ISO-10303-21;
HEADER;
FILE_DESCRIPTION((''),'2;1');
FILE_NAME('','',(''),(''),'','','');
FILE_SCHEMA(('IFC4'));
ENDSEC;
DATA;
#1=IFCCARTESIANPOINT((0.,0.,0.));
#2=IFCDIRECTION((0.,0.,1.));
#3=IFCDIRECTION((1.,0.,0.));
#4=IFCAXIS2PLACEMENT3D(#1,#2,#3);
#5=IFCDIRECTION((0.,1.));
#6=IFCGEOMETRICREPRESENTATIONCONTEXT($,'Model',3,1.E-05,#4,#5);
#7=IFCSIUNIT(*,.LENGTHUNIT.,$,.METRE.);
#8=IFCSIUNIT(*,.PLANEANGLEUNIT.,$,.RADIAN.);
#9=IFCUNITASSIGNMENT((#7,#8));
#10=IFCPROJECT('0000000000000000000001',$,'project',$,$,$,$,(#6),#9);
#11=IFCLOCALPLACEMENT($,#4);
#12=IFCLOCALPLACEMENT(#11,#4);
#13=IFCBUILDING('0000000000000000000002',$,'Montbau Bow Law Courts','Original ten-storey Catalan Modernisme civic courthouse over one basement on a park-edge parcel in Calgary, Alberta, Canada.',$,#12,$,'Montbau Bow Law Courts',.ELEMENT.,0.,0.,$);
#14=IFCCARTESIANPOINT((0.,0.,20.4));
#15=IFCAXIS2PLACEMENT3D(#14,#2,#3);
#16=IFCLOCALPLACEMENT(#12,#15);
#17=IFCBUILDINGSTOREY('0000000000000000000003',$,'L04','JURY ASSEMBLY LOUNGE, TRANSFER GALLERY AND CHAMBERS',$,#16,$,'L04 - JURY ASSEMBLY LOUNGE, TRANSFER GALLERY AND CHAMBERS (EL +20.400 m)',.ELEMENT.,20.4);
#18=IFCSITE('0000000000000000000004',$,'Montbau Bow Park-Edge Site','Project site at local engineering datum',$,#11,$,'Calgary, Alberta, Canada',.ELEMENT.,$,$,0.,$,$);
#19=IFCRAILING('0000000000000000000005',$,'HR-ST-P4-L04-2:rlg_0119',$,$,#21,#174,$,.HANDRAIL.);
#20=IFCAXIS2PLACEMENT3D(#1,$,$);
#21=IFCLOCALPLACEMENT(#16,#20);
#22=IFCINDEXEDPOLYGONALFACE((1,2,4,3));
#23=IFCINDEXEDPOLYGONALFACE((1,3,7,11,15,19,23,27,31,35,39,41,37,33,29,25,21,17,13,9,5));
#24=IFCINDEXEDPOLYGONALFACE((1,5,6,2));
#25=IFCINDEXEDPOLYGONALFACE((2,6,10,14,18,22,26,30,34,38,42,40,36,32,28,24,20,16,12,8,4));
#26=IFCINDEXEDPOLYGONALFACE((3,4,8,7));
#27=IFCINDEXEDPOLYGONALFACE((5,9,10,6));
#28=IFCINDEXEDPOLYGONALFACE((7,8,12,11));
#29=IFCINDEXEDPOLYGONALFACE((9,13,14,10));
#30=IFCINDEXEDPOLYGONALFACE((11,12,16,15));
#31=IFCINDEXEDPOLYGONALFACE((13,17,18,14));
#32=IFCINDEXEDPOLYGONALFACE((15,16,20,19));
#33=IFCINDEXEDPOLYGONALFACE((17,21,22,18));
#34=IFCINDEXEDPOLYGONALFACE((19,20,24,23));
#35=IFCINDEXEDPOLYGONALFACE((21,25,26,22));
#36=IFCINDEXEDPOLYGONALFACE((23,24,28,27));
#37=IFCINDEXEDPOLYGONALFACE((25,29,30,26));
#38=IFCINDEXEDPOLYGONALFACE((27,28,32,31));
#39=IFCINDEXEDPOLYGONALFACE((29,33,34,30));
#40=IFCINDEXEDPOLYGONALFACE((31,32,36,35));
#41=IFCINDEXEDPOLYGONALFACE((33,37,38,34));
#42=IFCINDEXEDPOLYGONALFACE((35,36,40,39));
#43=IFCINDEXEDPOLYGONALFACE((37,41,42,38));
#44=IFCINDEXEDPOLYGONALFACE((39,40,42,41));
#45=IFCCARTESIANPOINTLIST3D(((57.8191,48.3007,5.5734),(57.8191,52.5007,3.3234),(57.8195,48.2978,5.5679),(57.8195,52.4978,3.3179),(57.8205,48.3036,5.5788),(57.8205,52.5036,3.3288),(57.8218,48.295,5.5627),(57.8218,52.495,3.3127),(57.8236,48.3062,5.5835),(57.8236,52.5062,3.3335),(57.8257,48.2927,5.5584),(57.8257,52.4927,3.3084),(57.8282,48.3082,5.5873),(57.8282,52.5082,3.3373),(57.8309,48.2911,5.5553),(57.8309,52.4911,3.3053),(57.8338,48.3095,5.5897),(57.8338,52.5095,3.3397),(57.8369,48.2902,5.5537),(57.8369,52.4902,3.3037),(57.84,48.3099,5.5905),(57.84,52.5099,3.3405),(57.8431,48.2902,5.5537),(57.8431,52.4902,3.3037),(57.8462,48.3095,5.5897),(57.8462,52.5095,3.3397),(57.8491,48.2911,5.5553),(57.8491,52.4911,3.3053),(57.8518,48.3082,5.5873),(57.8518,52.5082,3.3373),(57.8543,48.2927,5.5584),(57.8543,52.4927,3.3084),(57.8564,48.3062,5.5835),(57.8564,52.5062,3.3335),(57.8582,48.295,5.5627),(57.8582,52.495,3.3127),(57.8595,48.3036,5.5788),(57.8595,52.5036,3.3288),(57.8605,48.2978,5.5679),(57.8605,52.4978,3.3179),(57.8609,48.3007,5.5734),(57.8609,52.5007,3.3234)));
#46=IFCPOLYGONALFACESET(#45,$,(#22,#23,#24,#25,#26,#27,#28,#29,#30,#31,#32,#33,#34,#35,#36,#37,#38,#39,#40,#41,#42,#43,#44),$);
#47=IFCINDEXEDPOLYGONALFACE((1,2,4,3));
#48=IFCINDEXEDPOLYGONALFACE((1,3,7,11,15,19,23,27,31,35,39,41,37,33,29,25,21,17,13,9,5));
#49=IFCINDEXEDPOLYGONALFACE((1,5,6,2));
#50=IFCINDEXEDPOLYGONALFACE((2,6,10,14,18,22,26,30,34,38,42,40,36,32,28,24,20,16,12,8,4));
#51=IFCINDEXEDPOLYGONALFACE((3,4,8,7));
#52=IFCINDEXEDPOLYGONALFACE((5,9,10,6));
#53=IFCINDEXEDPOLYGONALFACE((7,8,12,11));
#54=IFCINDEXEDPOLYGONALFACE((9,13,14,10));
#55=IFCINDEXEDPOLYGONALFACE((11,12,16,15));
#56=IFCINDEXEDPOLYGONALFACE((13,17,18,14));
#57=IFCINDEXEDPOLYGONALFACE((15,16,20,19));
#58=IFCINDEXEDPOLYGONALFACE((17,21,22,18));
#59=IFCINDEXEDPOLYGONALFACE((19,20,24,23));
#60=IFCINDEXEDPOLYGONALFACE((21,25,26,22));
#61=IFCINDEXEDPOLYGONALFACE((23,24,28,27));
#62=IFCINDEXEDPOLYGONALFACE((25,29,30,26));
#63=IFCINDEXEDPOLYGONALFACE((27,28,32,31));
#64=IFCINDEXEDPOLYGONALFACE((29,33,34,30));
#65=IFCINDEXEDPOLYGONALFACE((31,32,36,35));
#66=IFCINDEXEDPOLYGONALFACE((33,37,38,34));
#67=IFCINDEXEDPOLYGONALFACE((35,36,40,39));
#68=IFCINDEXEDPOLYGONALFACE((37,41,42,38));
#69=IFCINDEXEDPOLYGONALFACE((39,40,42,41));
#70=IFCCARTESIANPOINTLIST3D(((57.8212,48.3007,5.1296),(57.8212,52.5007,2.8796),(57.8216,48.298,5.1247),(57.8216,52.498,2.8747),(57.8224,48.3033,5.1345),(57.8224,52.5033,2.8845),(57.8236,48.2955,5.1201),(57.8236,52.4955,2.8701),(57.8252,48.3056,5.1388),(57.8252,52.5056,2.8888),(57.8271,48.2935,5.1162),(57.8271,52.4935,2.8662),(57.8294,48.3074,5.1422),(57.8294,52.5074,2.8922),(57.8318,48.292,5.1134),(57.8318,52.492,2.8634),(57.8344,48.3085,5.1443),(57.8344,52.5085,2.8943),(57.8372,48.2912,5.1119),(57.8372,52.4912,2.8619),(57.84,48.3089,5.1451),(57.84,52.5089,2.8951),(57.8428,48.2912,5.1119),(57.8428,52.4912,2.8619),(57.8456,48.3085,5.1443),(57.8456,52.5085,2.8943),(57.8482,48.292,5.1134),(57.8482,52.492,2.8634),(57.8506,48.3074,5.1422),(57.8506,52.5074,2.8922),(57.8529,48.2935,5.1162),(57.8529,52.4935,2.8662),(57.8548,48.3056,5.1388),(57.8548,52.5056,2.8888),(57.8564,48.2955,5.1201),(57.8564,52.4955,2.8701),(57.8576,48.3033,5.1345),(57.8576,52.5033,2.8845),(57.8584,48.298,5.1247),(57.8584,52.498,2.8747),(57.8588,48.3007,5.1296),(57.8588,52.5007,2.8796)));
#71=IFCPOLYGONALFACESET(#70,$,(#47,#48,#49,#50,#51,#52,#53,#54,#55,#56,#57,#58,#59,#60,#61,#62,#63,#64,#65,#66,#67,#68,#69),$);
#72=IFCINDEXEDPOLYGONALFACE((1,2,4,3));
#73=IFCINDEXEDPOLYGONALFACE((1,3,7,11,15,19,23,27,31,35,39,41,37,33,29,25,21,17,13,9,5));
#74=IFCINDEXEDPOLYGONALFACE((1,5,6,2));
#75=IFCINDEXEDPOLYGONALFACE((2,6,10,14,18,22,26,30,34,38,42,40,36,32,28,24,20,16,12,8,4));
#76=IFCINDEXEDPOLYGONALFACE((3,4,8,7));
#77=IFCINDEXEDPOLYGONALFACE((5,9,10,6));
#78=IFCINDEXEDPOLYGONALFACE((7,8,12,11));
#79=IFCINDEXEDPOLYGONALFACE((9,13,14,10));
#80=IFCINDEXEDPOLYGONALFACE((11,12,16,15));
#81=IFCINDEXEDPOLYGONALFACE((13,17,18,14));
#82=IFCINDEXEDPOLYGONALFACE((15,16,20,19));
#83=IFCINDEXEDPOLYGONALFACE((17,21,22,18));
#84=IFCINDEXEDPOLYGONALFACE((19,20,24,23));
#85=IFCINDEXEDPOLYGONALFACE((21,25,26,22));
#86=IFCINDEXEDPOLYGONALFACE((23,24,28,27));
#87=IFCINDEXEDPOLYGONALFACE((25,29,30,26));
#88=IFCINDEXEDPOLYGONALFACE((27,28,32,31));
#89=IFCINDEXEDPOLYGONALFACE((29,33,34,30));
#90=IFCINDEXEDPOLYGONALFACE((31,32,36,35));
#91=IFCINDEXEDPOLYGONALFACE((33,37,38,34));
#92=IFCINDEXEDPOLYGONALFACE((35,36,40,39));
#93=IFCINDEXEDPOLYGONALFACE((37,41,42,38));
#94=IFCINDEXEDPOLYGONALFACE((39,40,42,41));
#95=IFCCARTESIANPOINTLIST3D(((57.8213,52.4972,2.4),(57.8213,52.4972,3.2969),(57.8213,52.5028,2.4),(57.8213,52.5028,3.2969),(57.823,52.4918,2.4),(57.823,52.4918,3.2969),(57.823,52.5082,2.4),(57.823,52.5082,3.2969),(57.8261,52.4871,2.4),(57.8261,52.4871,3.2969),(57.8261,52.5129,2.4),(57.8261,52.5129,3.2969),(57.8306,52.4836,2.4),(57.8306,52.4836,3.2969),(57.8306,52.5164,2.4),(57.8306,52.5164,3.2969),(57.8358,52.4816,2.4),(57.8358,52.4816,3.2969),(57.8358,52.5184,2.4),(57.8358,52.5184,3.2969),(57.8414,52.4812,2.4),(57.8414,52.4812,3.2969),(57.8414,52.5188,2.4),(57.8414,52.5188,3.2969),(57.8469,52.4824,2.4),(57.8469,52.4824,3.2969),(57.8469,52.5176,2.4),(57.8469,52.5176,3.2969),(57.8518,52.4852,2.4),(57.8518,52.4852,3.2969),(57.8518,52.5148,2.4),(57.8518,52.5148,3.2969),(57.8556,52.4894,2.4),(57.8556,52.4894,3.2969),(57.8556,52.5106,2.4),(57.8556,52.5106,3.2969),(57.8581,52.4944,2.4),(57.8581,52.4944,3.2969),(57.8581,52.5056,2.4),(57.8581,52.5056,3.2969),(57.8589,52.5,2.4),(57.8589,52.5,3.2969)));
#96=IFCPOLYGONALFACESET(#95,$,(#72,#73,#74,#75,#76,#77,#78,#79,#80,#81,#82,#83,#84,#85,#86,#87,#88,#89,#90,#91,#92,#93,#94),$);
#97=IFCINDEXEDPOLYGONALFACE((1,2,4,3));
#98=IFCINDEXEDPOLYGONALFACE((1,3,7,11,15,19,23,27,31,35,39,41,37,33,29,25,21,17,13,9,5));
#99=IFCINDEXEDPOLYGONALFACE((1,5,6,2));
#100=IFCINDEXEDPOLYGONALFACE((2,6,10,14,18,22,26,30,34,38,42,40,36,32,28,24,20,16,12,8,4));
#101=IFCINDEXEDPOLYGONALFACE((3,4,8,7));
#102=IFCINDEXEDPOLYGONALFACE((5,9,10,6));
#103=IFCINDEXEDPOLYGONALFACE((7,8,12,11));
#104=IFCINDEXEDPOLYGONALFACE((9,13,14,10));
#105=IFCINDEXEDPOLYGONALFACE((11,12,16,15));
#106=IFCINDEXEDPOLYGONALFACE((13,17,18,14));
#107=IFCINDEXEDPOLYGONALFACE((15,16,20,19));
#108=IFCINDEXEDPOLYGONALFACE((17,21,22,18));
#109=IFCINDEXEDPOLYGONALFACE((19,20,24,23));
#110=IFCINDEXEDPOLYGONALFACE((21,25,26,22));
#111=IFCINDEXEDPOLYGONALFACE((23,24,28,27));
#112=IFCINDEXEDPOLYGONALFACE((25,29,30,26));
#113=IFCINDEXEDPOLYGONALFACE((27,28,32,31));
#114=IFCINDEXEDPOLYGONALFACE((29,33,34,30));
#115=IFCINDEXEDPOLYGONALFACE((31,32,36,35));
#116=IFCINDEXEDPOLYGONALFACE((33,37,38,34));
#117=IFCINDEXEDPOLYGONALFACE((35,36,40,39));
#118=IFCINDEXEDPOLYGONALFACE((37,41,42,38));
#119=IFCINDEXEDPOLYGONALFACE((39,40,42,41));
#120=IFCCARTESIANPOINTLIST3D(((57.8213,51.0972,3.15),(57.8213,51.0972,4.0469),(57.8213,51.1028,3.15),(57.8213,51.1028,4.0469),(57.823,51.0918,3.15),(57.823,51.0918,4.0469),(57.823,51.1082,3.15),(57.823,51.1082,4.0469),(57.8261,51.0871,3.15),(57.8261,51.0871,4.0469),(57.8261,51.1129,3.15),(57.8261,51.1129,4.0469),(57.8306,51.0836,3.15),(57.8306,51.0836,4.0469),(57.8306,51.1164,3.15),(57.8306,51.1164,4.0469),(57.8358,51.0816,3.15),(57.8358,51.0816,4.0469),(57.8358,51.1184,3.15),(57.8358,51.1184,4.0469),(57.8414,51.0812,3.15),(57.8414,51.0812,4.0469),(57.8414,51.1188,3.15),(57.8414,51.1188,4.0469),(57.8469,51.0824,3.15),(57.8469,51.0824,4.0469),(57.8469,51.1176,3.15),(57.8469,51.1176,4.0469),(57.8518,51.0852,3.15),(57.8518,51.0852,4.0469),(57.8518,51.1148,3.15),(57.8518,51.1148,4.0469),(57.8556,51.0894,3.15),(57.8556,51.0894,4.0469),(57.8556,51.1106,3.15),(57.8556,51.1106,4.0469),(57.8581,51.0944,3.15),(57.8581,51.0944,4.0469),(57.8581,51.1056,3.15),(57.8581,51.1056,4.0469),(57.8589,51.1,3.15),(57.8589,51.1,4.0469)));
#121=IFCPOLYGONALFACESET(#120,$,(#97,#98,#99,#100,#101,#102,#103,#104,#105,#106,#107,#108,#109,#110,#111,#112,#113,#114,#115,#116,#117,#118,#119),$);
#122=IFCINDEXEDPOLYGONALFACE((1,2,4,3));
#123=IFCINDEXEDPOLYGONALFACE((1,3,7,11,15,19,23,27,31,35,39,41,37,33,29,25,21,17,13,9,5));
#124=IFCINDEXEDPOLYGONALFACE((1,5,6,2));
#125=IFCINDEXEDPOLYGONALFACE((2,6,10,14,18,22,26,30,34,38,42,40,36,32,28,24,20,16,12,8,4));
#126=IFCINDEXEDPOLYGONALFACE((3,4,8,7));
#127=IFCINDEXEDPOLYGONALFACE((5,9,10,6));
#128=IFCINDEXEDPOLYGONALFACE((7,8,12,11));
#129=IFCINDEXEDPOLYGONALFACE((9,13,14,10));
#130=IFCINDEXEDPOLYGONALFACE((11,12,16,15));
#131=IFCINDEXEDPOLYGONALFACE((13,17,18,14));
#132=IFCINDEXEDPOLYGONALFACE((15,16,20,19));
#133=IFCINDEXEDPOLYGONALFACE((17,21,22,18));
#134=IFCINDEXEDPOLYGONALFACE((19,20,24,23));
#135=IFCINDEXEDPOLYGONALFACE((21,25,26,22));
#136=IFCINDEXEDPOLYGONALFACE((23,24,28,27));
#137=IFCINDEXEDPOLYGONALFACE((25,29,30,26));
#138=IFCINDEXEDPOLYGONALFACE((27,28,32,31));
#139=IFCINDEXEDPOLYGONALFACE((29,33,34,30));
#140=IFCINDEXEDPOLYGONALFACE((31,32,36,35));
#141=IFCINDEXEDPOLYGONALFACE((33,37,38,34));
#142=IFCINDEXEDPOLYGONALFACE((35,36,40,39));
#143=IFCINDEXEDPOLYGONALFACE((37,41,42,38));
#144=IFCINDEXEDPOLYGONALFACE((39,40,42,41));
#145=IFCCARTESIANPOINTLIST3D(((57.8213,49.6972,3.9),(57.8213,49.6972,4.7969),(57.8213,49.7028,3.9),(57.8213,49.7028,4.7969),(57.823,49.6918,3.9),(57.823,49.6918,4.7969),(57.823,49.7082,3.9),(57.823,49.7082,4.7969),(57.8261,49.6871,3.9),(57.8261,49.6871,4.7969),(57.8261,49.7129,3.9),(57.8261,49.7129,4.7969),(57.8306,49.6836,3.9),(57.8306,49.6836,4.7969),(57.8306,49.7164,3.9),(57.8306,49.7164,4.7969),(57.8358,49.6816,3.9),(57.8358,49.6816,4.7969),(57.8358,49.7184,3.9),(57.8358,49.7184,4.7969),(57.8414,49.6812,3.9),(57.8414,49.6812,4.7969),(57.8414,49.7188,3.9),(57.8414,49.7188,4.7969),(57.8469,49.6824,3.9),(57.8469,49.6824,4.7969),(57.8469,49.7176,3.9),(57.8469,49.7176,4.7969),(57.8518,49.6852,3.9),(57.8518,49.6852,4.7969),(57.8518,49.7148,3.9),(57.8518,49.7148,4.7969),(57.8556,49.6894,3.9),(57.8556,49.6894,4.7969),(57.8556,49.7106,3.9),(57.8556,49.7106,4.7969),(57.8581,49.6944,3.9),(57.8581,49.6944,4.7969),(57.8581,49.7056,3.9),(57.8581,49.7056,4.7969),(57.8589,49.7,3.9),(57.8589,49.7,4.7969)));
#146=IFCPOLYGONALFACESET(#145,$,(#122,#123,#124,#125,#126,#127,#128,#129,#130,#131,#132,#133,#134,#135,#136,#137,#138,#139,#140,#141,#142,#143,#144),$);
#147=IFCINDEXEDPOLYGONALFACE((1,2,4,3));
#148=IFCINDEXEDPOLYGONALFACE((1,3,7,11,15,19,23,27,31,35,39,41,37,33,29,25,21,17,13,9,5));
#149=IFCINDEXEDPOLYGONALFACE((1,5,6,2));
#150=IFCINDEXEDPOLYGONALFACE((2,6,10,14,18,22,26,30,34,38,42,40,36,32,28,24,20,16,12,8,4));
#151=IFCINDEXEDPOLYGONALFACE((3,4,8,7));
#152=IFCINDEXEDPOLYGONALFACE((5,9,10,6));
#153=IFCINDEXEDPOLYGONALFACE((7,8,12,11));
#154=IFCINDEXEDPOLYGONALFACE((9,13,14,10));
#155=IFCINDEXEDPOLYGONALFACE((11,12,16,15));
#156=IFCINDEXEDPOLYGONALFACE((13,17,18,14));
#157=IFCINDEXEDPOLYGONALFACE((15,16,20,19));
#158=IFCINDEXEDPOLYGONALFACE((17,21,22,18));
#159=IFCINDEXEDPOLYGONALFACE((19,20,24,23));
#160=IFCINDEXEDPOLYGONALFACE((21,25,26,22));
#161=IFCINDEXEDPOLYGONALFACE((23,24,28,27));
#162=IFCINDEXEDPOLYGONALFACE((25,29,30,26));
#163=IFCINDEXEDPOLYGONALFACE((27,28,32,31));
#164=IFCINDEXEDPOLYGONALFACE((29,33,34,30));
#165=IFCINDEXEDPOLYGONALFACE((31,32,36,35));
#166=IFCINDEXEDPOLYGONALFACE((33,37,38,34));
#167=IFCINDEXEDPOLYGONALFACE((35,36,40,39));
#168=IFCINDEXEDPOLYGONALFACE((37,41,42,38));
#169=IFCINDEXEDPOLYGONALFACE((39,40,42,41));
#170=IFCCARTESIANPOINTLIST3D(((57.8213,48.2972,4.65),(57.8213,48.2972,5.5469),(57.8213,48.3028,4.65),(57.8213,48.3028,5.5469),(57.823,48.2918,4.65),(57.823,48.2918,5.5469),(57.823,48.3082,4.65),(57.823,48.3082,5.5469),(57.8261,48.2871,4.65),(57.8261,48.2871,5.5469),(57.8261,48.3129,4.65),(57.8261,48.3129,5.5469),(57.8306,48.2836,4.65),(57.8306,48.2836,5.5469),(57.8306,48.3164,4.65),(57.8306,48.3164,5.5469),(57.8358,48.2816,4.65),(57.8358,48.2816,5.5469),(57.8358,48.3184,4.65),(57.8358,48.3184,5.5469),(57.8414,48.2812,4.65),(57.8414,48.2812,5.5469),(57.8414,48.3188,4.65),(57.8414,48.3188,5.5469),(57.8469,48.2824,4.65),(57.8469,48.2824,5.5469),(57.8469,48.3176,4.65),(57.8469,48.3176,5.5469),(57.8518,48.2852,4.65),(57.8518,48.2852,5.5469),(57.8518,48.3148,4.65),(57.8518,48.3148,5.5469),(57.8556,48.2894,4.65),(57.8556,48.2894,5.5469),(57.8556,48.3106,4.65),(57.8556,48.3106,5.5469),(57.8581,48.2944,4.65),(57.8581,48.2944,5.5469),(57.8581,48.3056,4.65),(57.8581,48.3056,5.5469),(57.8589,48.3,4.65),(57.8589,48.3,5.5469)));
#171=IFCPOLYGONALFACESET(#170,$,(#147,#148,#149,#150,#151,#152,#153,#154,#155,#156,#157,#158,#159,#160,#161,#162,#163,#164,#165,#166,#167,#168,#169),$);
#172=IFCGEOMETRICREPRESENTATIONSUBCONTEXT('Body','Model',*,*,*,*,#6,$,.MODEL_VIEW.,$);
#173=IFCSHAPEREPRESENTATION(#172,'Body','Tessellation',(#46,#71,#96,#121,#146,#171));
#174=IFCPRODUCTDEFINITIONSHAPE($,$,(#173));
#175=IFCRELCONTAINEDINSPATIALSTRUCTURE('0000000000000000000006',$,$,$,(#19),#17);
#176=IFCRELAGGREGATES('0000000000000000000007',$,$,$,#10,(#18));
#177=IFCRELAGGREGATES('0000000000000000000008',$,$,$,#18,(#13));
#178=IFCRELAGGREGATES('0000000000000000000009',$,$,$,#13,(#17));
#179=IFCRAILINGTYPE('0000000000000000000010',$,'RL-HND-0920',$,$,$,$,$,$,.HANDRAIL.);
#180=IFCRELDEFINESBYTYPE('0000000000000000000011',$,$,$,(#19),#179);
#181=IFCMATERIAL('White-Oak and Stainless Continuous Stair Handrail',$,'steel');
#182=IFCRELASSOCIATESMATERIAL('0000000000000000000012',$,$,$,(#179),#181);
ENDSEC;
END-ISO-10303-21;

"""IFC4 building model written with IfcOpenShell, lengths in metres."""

from ifc_helpers import new_model, si_unit, direction, frame, origin_with_axes, origin_2d_with_axis, place, context, subcontext, project, spatial, circle, extrude, material, type_object, element, save


model = new_model("IFC4")

# Units and contexts
model_context = context("Model", 3, precision=1e-05, world=origin_with_axes(), true_north=direction((0.0, 1.0)))
body_context = subcontext(model_context, "Body", "Model", "MODEL_VIEW")
ifc_project = project(units=[si_unit("LENGTHUNIT", "METRE"), si_unit("PLANEANGLEUNIT", "RADIAN")], contexts=[model_context])

# Site, building, storey
site_placement = place(None, origin_with_axes())
site = spatial("IfcSite", under=ifc_project, at=site_placement, Name="Montbau Bow Park-Edge Site", Description="Project site at local engineering datum", LongName="Calgary, Alberta, Canada", CompositionType="ELEMENT", RefElevation=0.0)
building_placement = place(site_placement, origin_with_axes())
building = spatial("IfcBuilding", under=site, at=building_placement, Name="Montbau Bow Law Courts", Description="Original ten-storey Catalan Modernisme civic courthouse over one basement on a park-edge parcel in Calgary, Alberta, Canada.", LongName="Montbau Bow Law Courts", CompositionType="ELEMENT", ElevationOfRefHeight=0.0, ElevationOfTerrain=0.0)
storey_placement = place(building_placement, frame((0.0, 0.0, 20.4), z_axis=(0.0, 0.0, 1.0), x_axis=(1.0, 0.0, 0.0)))
storey = spatial("IfcBuildingStorey", under=building, at=storey_placement, Name="L04", Description="JURY ASSEMBLY LOUNGE, TRANSFER GALLERY AND CHAMBERS", LongName="L04 - JURY ASSEMBLY LOUNGE, TRANSFER GALLERY AND CHAMBERS (EL +20.400 m)", CompositionType="ELEMENT", Elevation=20.4)

# Railing
ifc_material_1 = material(Name="White-Oak and Stainless Continuous Stair Handrail", Category="steel")
railing_type_1 = type_object("IfcRailingType", Name="RL-HND-0920", PredefinedType="HANDRAIL", material=ifc_material_1)
railing_1_placement = place(None, origin_with_axes())
element("IfcRailing", 1, at=railing_1_placement, inside=storey, type_object=railing_type_1, Name="HR-ST-P4-L04-2:rlg_0119", PredefinedType="HANDRAIL", context=body_context, shape_type="SweptSolid", body=[
    extrude(circle(Radius=0.021, at=origin_2d_with_axis()), frame((57.84, 52.5, 23.722), z_axis=(0.0, -0.88148, 0.472221), x_axis=(0.0, 0.472221, 0.88148)), (0.0, 0.0, 1.0), 4.7647),
    extrude(circle(Radius=0.0189, at=origin_2d_with_axis()), frame((57.84, 52.5, 23.2784), z_axis=(0.0, -0.88148, 0.472221), x_axis=(0.0, 0.472221, 0.88148)), (0.0, 0.0, 1.0), 4.7647),
    extrude(circle(Radius=0.0189, at=origin_2d_with_axis()), frame((57.84, 52.5, 22.8), z_axis=(0.0, 0.0, 1.0), x_axis=(1.0, 0.0, 0.0)), (0.0, 0.0, 1.0), 0.8969),
    extrude(circle(Radius=0.0189, at=origin_2d_with_axis()), frame((57.84, 51.1, 23.55), z_axis=(0.0, 0.0, 1.0), x_axis=(1.0, 0.0, 0.0)), (0.0, 0.0, 1.0), 0.8969),
    extrude(circle(Radius=0.0189, at=origin_2d_with_axis()), frame((57.84, 49.7, 24.3), z_axis=(0.0, 0.0, 1.0), x_axis=(1.0, 0.0, 0.0)), (0.0, 0.0, 1.0), 0.8969),
    extrude(circle(Radius=0.0189, at=origin_2d_with_axis()), frame((57.84, 48.3, 25.05), z_axis=(0.0, 0.0, 1.0), x_axis=(1.0, 0.0, 0.0)), (0.0, 0.0, 1.0), 0.8969),
])

save(model, "model.ifc")
